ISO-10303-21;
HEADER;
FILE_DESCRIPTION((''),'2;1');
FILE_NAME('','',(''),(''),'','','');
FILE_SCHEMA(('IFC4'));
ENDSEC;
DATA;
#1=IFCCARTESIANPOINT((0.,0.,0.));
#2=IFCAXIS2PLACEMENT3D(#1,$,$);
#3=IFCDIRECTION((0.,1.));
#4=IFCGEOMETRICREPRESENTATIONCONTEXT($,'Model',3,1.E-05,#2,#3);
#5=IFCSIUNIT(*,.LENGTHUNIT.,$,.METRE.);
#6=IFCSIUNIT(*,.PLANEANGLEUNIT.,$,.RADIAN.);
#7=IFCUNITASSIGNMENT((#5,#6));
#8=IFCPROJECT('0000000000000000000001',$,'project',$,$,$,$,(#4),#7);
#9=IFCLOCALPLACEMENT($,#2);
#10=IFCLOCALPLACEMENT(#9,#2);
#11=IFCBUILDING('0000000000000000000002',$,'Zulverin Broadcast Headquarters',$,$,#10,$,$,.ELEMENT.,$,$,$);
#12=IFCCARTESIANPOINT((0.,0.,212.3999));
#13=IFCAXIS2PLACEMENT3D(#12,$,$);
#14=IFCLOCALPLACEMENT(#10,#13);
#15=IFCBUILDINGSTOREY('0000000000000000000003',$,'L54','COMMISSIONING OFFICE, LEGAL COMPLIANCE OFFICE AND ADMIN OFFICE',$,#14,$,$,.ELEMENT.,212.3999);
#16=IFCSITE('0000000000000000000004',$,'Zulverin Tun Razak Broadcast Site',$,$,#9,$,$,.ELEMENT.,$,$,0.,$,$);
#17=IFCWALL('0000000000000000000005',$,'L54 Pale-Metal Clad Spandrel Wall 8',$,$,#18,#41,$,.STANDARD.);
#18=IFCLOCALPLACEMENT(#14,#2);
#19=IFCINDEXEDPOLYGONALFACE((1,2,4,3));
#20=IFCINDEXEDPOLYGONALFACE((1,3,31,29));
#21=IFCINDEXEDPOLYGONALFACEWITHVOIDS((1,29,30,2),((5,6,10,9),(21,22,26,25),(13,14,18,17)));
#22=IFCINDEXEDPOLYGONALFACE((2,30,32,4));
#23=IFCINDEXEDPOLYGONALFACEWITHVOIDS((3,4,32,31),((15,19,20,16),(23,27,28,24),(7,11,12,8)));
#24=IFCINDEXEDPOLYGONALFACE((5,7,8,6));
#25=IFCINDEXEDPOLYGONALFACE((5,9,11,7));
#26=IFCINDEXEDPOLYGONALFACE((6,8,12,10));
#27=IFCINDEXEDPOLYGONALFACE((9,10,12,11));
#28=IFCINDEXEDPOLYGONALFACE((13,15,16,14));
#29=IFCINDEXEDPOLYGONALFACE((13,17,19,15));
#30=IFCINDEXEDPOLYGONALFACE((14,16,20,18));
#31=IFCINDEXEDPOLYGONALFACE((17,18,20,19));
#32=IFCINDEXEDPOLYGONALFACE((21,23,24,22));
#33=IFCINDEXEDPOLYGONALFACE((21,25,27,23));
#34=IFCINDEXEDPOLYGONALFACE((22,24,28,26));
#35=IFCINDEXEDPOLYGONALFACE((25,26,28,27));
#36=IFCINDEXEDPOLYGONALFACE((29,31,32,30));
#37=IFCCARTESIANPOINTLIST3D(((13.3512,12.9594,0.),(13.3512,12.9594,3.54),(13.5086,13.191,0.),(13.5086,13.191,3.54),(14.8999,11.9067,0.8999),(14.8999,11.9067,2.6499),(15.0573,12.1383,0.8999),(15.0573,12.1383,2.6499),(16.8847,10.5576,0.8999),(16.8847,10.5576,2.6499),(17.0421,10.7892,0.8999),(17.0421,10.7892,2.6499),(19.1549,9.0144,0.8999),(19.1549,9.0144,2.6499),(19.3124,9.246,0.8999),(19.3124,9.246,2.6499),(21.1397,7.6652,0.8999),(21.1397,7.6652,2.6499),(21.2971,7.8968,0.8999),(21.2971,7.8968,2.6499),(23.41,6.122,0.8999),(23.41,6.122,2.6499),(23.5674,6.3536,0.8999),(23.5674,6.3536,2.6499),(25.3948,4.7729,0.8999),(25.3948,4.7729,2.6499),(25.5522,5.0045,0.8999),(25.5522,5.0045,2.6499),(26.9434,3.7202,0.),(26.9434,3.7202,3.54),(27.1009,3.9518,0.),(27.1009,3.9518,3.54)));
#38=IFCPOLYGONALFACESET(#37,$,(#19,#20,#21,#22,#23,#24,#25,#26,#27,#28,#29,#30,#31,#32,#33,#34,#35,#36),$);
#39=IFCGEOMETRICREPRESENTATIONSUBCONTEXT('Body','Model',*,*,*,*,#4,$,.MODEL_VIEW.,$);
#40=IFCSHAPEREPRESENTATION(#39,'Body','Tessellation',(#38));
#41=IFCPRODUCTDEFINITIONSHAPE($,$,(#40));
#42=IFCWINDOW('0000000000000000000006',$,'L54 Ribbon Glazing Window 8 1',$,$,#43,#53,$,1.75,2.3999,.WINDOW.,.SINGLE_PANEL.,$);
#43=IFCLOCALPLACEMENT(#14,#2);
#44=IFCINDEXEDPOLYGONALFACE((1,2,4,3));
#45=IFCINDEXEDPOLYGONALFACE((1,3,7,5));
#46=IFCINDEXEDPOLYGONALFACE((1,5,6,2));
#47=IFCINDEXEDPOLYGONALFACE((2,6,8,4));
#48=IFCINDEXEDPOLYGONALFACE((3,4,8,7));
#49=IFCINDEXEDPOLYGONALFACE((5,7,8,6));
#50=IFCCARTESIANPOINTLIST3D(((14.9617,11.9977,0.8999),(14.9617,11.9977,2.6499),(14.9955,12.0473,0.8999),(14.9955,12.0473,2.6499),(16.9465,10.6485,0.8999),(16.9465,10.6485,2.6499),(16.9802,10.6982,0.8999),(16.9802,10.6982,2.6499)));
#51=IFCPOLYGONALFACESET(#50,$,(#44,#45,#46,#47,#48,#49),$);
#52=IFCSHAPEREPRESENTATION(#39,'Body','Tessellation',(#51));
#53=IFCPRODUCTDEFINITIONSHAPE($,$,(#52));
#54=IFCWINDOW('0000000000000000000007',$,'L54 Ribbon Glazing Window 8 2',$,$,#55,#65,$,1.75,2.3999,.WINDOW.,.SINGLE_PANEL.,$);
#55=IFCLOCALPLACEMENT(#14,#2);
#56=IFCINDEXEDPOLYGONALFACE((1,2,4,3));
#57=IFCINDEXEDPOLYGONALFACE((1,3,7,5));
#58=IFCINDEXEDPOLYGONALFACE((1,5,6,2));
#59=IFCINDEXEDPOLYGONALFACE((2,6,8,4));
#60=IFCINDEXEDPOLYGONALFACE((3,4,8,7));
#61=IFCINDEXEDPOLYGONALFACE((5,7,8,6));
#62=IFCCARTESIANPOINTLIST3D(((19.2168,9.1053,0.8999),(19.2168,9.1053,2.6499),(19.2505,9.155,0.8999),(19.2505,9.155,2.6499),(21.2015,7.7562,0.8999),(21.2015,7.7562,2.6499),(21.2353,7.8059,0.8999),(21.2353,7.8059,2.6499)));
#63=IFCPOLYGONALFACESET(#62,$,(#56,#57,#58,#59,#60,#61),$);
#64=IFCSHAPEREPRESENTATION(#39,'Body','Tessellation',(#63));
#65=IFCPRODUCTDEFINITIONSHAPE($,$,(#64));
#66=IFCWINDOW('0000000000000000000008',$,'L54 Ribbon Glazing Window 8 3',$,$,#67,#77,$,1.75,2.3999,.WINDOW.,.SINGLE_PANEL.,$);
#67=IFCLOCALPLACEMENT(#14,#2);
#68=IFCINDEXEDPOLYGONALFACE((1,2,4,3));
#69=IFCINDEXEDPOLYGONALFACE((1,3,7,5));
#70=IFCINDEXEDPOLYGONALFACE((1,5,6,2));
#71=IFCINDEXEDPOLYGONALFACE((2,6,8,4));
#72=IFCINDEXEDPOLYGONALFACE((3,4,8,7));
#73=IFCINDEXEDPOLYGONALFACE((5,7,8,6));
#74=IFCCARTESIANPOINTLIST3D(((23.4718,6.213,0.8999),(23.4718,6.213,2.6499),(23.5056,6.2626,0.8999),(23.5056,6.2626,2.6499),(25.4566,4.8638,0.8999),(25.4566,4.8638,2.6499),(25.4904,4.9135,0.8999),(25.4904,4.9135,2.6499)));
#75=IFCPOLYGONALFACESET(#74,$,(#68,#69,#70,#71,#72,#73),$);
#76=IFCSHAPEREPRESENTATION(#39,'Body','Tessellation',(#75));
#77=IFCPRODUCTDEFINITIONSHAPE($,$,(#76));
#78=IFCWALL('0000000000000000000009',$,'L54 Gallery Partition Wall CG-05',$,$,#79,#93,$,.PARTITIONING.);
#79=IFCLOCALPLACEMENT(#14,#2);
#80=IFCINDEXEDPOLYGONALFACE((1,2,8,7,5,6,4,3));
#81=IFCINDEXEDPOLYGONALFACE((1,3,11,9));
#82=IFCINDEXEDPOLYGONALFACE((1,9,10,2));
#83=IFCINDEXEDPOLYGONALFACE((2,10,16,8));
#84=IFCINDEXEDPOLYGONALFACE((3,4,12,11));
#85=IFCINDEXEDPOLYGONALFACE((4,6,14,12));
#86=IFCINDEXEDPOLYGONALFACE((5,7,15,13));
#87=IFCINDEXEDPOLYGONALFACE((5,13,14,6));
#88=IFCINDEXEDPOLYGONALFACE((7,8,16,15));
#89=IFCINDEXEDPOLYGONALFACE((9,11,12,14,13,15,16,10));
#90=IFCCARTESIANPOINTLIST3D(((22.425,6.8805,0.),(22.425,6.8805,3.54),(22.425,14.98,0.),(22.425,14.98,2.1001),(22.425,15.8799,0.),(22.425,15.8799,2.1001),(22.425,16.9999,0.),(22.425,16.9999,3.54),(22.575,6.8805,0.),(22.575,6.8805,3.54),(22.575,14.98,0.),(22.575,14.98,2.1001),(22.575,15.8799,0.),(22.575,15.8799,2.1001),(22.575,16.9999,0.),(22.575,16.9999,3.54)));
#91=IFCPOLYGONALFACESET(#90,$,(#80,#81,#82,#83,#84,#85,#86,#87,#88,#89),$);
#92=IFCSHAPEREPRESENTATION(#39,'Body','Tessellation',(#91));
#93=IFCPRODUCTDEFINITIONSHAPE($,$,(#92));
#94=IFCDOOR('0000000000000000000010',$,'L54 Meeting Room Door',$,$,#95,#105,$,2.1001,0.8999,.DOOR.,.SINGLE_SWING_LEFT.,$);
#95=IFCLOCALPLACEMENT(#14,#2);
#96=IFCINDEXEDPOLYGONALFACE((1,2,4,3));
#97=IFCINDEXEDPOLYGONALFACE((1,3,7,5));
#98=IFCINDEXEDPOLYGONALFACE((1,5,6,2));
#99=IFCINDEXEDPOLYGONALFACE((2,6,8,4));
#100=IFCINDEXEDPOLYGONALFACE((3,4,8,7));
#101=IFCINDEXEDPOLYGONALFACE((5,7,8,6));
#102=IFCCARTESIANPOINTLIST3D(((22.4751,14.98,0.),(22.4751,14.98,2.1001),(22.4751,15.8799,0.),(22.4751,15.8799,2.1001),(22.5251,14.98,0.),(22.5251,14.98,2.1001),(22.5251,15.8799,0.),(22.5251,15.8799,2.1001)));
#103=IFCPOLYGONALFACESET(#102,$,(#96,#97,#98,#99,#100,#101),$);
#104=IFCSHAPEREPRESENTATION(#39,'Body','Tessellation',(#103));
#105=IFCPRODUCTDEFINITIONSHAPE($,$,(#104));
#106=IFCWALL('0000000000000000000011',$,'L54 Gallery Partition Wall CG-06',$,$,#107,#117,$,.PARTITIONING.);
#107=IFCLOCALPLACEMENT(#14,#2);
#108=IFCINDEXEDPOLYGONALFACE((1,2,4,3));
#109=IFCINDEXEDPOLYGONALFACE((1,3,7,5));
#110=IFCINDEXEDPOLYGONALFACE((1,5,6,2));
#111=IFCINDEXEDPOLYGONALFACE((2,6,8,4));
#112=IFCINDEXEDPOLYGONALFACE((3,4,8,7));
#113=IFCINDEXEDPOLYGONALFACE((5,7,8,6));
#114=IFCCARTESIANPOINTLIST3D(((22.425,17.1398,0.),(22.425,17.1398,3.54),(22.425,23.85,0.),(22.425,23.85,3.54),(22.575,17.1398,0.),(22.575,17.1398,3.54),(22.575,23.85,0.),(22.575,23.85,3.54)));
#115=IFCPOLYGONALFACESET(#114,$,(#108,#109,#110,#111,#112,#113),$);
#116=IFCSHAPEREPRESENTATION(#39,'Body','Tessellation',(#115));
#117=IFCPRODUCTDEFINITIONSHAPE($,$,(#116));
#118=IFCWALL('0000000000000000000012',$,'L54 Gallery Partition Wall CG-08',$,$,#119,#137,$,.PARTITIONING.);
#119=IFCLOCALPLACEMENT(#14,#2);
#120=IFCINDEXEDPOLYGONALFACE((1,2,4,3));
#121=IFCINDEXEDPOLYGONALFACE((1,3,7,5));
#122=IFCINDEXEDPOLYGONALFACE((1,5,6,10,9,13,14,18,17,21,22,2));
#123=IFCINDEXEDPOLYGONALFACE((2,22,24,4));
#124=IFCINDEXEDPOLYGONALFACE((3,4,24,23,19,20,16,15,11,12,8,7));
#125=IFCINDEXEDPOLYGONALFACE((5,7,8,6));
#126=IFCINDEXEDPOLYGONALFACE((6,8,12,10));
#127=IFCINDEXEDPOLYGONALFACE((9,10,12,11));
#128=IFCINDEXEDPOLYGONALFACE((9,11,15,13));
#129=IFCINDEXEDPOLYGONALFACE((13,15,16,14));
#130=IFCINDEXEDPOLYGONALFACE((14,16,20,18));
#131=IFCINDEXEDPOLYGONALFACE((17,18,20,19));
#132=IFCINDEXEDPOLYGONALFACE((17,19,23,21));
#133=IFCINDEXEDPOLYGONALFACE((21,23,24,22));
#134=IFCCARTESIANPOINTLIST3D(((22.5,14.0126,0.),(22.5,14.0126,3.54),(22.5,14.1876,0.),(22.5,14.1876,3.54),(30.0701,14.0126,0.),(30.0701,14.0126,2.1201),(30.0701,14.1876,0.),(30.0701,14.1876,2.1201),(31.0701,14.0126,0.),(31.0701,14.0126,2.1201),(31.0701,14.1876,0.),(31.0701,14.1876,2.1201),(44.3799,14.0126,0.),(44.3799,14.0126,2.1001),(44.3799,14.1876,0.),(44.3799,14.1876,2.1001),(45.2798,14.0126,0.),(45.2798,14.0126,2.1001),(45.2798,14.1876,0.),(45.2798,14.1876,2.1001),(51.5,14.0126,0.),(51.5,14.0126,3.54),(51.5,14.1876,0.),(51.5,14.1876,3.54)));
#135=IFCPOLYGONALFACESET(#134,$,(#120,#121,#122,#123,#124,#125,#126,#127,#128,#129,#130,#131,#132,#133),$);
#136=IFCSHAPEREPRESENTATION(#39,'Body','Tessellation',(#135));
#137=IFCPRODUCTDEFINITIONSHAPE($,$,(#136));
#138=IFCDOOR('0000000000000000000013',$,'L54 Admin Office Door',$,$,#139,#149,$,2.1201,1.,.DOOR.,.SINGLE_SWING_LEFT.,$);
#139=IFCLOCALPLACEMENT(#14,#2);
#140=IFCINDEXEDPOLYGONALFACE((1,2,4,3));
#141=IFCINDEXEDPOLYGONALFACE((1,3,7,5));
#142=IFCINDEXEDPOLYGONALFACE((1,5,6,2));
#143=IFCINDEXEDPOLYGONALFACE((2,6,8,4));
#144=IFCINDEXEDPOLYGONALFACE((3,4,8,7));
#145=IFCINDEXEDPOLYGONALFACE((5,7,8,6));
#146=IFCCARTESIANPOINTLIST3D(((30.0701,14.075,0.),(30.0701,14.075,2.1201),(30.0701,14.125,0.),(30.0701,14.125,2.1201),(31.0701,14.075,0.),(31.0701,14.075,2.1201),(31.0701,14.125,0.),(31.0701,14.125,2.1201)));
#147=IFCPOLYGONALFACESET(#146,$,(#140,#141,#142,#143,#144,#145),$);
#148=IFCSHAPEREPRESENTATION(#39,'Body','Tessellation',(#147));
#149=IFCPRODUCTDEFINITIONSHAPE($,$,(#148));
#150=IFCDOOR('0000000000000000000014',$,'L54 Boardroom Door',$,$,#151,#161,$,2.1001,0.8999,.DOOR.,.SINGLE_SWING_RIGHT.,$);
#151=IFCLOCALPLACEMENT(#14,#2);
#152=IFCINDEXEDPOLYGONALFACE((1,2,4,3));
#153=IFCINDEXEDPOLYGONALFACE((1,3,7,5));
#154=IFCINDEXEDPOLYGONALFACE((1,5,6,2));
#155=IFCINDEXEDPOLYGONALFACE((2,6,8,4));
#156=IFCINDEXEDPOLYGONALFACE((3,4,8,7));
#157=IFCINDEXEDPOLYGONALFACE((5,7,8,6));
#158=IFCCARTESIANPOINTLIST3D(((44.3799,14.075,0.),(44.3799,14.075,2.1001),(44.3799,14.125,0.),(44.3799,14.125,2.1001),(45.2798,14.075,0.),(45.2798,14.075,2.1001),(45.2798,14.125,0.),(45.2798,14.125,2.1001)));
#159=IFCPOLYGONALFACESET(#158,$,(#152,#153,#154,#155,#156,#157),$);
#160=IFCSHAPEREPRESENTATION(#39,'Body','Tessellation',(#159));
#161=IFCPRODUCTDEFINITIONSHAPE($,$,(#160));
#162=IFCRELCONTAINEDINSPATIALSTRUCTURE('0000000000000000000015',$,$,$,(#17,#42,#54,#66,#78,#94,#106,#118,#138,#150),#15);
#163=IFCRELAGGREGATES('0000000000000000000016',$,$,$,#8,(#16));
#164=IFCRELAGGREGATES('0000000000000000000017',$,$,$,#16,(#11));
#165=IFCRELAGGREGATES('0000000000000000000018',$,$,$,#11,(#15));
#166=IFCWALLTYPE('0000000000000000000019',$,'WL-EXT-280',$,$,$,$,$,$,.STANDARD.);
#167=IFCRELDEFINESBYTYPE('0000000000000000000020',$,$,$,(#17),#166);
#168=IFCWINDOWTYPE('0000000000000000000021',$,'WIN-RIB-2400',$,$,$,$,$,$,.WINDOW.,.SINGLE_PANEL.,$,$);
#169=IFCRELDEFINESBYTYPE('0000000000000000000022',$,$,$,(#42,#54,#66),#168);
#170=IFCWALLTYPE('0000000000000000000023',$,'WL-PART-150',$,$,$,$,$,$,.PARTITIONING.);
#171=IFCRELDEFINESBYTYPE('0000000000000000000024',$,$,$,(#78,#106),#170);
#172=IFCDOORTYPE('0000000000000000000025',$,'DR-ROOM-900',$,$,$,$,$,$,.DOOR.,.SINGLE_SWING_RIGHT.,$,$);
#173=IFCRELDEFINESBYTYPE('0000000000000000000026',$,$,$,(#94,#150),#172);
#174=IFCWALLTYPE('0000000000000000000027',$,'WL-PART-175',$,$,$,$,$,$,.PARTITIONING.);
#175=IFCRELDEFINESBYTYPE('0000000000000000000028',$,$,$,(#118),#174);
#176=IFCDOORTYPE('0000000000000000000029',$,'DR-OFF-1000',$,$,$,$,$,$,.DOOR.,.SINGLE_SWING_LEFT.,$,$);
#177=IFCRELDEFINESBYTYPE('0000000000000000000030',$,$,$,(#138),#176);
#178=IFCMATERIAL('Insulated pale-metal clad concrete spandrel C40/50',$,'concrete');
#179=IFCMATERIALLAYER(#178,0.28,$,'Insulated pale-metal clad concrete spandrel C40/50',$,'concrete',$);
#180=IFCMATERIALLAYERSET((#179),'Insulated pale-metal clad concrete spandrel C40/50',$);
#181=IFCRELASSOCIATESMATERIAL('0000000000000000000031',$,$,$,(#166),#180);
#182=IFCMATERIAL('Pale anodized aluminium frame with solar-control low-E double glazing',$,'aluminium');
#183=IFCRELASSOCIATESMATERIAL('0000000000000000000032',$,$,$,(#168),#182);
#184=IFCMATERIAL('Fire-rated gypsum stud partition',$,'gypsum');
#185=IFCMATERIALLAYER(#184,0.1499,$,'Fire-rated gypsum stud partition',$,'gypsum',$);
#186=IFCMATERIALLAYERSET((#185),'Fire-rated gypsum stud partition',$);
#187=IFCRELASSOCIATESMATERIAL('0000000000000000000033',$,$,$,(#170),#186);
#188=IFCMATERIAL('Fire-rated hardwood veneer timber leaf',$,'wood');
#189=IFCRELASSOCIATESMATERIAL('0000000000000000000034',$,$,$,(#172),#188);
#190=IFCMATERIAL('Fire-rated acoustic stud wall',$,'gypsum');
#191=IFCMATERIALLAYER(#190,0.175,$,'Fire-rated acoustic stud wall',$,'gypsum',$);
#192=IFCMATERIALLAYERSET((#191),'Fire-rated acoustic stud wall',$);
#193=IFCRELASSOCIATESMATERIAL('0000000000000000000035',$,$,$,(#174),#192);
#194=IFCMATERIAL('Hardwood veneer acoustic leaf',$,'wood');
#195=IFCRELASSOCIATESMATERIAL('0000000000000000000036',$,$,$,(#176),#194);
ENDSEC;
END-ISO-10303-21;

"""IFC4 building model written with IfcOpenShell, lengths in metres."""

from ifc_helpers import new_model, si_unit, direction, frame, frame_2d, origin, place, context, subcontext, project, spatial, rectangle, extrude, material, layer, layer_set, type_object, element, fill, save


model = new_model("IFC4")

# Units and contexts
model_context = context("Model", 3, precision=1e-05, world=origin(), true_north=direction((0.0, 1.0)))
body_context = subcontext(model_context, "Body", "Model", "MODEL_VIEW")
ifc_project = project(units=[si_unit("LENGTHUNIT", "METRE"), si_unit("PLANEANGLEUNIT", "RADIAN")], contexts=[model_context])

# Site, building, storey
site_placement = place(None, origin())
site = spatial("IfcSite", under=ifc_project, at=site_placement, Name="Zulverin Tun Razak Broadcast Site", CompositionType="ELEMENT", RefElevation=0.0)
building_placement = place(site_placement, origin())
building = spatial("IfcBuilding", under=site, at=building_placement, Name="Zulverin Broadcast Headquarters", CompositionType="ELEMENT")
storey_placement = place(building_placement, frame((0.0, 0.0, 212.3999)))
storey = spatial("IfcBuildingStorey", under=building, at=storey_placement, Name="L54", Description="COMMISSIONING OFFICE, LEGAL COMPLIANCE OFFICE AND ADMIN OFFICE", CompositionType="ELEMENT", Elevation=212.3999)

# Wall, openings, windows
ifc_material_1 = material(Name="Insulated pale-metal clad concrete spandrel C40/50", Category="concrete")
ifc_layer_1 = layer(ifc_material_1, 0.28, Name="Insulated pale-metal clad concrete spandrel C40/50", Category="concrete")
ifc_layer_set_1 = layer_set([ifc_layer_1], Name="Insulated pale-metal clad concrete spandrel C40/50")
wall_type_1 = type_object("IfcWallType", Name="WL-EXT-280", PredefinedType="STANDARD", material=ifc_layer_set_1)
wall_1_placement = place(storey_placement, frame((13.4299, 13.0752, 0.0), z_axis=(0.0, 0.0, 1.0), x_axis=(0.827025, -0.562165, 0.0)))
wall_1 = element("IfcWall", 1, at=wall_1_placement, inside=storey, type_object=wall_type_1, Name="L54 Pale-Metal Clad Spandrel Wall 8", PredefinedType="STANDARD", context=body_context, shape_type="SweptSolid", body=[
    extrude(rectangle(XDim=16.4351, YDim=0.28, at=frame_2d((8.2175, 0.0))), origin(), (0.0, 0.0, 1.0), 3.54),
])
opening_1_placement = place(wall_1_placement, frame((1.8726, 0.0, 0.8999)))
opening_1 = element("IfcOpeningElement", 2, at=opening_1_placement, cuts=wall_1, PredefinedType="OPENING", context=body_context, shape_type="SweptSolid", body=[
    extrude(rectangle(XDim=2.3999, YDim=1.75, at=frame_2d((1.2, 0.875))), frame((0.0, 0.1499, 0.0), z_axis=(0.0, -1.0, 0.0), x_axis=(1.0, 0.0, 0.0)), (0.0, 0.0, 1.0), 0.3),
])
opening_2_placement = place(wall_1_placement, frame((7.0176, 0.0, 0.8999)))
opening_2 = element("IfcOpeningElement", 3, at=opening_2_placement, cuts=wall_1, PredefinedType="OPENING", context=body_context, shape_type="SweptSolid", body=[
    extrude(rectangle(XDim=2.3999, YDim=1.75, at=frame_2d((1.2, 0.875))), frame((0.0, 0.1499, 0.0), z_axis=(0.0, -1.0, 0.0), x_axis=(1.0, 0.0, 0.0)), (0.0, 0.0, 1.0), 0.3),
])
opening_3_placement = place(wall_1_placement, frame((12.1626, 0.0, 0.8999)))
opening_3 = element("IfcOpeningElement", 4, at=opening_3_placement, cuts=wall_1, PredefinedType="OPENING", context=body_context, shape_type="SweptSolid", body=[
    extrude(rectangle(XDim=2.3999, YDim=1.75, at=frame_2d((1.2, 0.875))), frame((0.0, 0.1499, 0.0), z_axis=(0.0, -1.0, 0.0), x_axis=(1.0, 0.0, 0.0)), (0.0, 0.0, 1.0), 0.3),
])
ifc_material_2 = material(Name="Pale anodized aluminium frame with solar-control low-E double glazing", Category="aluminium")
window_type = type_object("IfcWindowType", Name="WIN-RIB-2400", PartitioningType="SINGLE_PANEL", PredefinedType="WINDOW", material=ifc_material_2)
window_1_placement = place(opening_1_placement, origin())
window_1 = element("IfcWindow", 5, at=window_1_placement, inside=storey, type_object=window_type, Name="L54 Ribbon Glazing Window 8 1", OverallHeight=1.75, OverallWidth=2.3999, PartitioningType="SINGLE_PANEL", PredefinedType="WINDOW", context=body_context, shape_type="SweptSolid", body=[
    extrude(rectangle(XDim=2.3999, YDim=1.75, at=frame_2d((1.2, 0.875))), frame((0.0, 0.03, 0.0), z_axis=(0.0, -1.0, 0.0), x_axis=(1.0, 0.0, 0.0)), (0.0, 0.0, 1.0), 0.0601),
])
fill(opening_1, window_1)
window_2_placement = place(opening_2_placement, origin())
window_2 = element("IfcWindow", 6, at=window_2_placement, inside=storey, type_object=window_type, Name="L54 Ribbon Glazing Window 8 2", OverallHeight=1.75, OverallWidth=2.3999, PartitioningType="SINGLE_PANEL", PredefinedType="WINDOW", context=body_context, shape_type="SweptSolid", body=[
    extrude(rectangle(XDim=2.3999, YDim=1.75, at=frame_2d((1.2, 0.875))), frame((0.0, 0.03, 0.0), z_axis=(0.0, -1.0, 0.0), x_axis=(1.0, 0.0, 0.0)), (0.0, 0.0, 1.0), 0.0601),
])
fill(opening_2, window_2)
window_3_placement = place(opening_3_placement, origin())
window_3 = element("IfcWindow", 7, at=window_3_placement, inside=storey, type_object=window_type, Name="L54 Ribbon Glazing Window 8 3", OverallHeight=1.75, OverallWidth=2.3999, PartitioningType="SINGLE_PANEL", PredefinedType="WINDOW", context=body_context, shape_type="SweptSolid", body=[
    extrude(rectangle(XDim=2.3999, YDim=1.75, at=frame_2d((1.2, 0.875))), frame((0.0, 0.03, 0.0), z_axis=(0.0, -1.0, 0.0), x_axis=(1.0, 0.0, 0.0)), (0.0, 0.0, 1.0), 0.0601),
])
fill(opening_3, window_3)

# Wall, opening, door
ifc_material_3 = material(Name="Fire-rated gypsum stud partition", Category="gypsum")
ifc_layer_2 = layer(ifc_material_3, 0.1499, Name="Fire-rated gypsum stud partition", Category="gypsum")
ifc_layer_set_2 = layer_set([ifc_layer_2], Name="Fire-rated gypsum stud partition")
wall_type_2 = type_object("IfcWallType", Name="WL-PART-150", PredefinedType="PARTITIONING", material=ifc_layer_set_2)
wall_2_placement = place(storey_placement, frame((22.5, 6.8806, 0.0), z_axis=(0.0, 0.0, 1.0), x_axis=(0.0, 1.0, 0.0)))
wall_2 = element("IfcWall", 8, at=wall_2_placement, inside=storey, type_object=wall_type_2, Name="L54 Gallery Partition Wall CG-05", PredefinedType="PARTITIONING", context=body_context, shape_type="SweptSolid", body=[
    extrude(rectangle(XDim=10.1194, YDim=0.1499, at=frame_2d((5.0596, 0.0))), origin(), (0.0, 0.0, 1.0), 3.54),
])
opening_4_placement = place(wall_2_placement, frame((8.0994, 0.0, 0.0)))
opening_4 = element("IfcOpeningElement", 9, at=opening_4_placement, cuts=wall_2, PredefinedType="OPENING", context=body_context, shape_type="SweptSolid", body=[
    extrude(rectangle(XDim=0.8999, YDim=2.1001, at=frame_2d((0.45, 1.05))), frame((0.0, 0.085, 0.0), z_axis=(0.0, -1.0, 0.0), x_axis=(1.0, 0.0, 0.0)), (0.0, 0.0, 1.0), 0.1699),
])
ifc_material_4 = material(Name="Fire-rated hardwood veneer timber leaf", Category="wood")
door_type_1 = type_object("IfcDoorType", Name="DR-ROOM-900", OperationType="SINGLE_SWING_RIGHT", PredefinedType="DOOR", material=ifc_material_4)
door_1_placement = place(opening_4_placement, origin())
door_1 = element("IfcDoor", 10, at=door_1_placement, inside=storey, type_object=door_type_1, Name="L54 Meeting Room Door", OperationType="SINGLE_SWING_LEFT", OverallHeight=2.1001, OverallWidth=0.8999, PredefinedType="DOOR", context=body_context, shape_type="SweptSolid", body=[
    extrude(rectangle(XDim=0.8999, YDim=2.1001, at=frame_2d((0.45, 1.05))), frame((0.0, 0.0249, 0.0), z_axis=(0.0, -1.0, 0.0), x_axis=(1.0, 0.0, 0.0)), (0.0, 0.0, 1.0), 0.05),
])
fill(opening_4, door_1)

# Wall
wall_3_placement = place(storey_placement, frame((22.5, 17.1399, 0.0), z_axis=(0.0, 0.0, 1.0), x_axis=(0.0, 1.0, 0.0)))
element("IfcWall", 11, at=wall_3_placement, inside=storey, type_object=wall_type_2, Name="L54 Gallery Partition Wall CG-06", PredefinedType="PARTITIONING", context=body_context, shape_type="SweptSolid", body=[
    extrude(rectangle(XDim=6.7102, YDim=0.1499, at=frame_2d((3.355, 0.0))), origin(), (0.0, 0.0, 1.0), 3.54),
])

# Wall, openings, doors
ifc_material_5 = material(Name="Fire-rated acoustic stud wall", Category="gypsum")
ifc_layer_3 = layer(ifc_material_5, 0.175, Name="Fire-rated acoustic stud wall", Category="gypsum")
ifc_layer_set_3 = layer_set([ifc_layer_3], Name="Fire-rated acoustic stud wall")
wall_type_3 = type_object("IfcWallType", Name="WL-PART-175", PredefinedType="PARTITIONING", material=ifc_layer_set_3)
wall_4_placement = place(storey_placement, frame((22.5, 14.1001, 0.0), z_axis=(0.0, 0.0, 1.0), x_axis=(1.0, 0.0, 0.0)))
wall_4 = element("IfcWall", 12, at=wall_4_placement, inside=storey, type_object=wall_type_3, Name="L54 Gallery Partition Wall CG-08", PredefinedType="PARTITIONING", context=body_context, shape_type="SweptSolid", body=[
    extrude(rectangle(XDim=29.0, YDim=0.175, at=frame_2d((14.5, 0.0))), origin(), (0.0, 0.0, 1.0), 3.54),
])
opening_5_placement = place(wall_4_placement, frame((7.5701, 0.0, 0.0)))
opening_5 = element("IfcOpeningElement", 13, at=opening_5_placement, cuts=wall_4, PredefinedType="OPENING", context=body_context, shape_type="SweptSolid", body=[
    extrude(rectangle(XDim=1.0, YDim=2.1201, at=frame_2d((0.5, 1.0601))), frame((0.0, 0.0974, 0.0), z_axis=(0.0, -1.0, 0.0), x_axis=(1.0, 0.0, 0.0)), (0.0, 0.0, 1.0), 0.1951),
])
opening_6_placement = place(wall_4_placement, frame((21.8799, 0.0, 0.0)))
opening_6 = element("IfcOpeningElement", 14, at=opening_6_placement, cuts=wall_4, PredefinedType="OPENING", context=body_context, shape_type="SweptSolid", body=[
    extrude(rectangle(XDim=0.8999, YDim=2.1001, at=frame_2d((0.45, 1.05))), frame((0.0, 0.0974, 0.0), z_axis=(0.0, -1.0, 0.0), x_axis=(1.0, 0.0, 0.0)), (0.0, 0.0, 1.0), 0.1951),
])
ifc_material_6 = material(Name="Hardwood veneer acoustic leaf", Category="wood")
door_type_2 = type_object("IfcDoorType", Name="DR-OFF-1000", OperationType="SINGLE_SWING_LEFT", PredefinedType="DOOR", material=ifc_material_6)
door_2_placement = place(opening_5_placement, origin())
door_2 = element("IfcDoor", 15, at=door_2_placement, inside=storey, type_object=door_type_2, Name="L54 Admin Office Door", OperationType="SINGLE_SWING_LEFT", OverallHeight=2.1201, OverallWidth=1.0, PredefinedType="DOOR", context=body_context, shape_type="SweptSolid", body=[
    extrude(rectangle(XDim=1.0, YDim=2.1201, at=frame_2d((0.5, 1.0601))), frame((0.0, 0.0249, 0.0), z_axis=(0.0, -1.0, 0.0), x_axis=(1.0, 0.0, 0.0)), (0.0, 0.0, 1.0), 0.05),
])
fill(opening_5, door_2)
door_3_placement = place(opening_6_placement, origin())
door_3 = element("IfcDoor", 16, at=door_3_placement, inside=storey, type_object=door_type_1, Name="L54 Boardroom Door", OperationType="SINGLE_SWING_RIGHT", OverallHeight=2.1001, OverallWidth=0.8999, PredefinedType="DOOR", context=body_context, shape_type="SweptSolid", body=[
    extrude(rectangle(XDim=0.8999, YDim=2.1001, at=frame_2d((0.45, 1.05))), frame((0.0, 0.0249, 0.0), z_axis=(0.0, -1.0, 0.0), x_axis=(1.0, 0.0, 0.0)), (0.0, 0.0, 1.0), 0.05),
])
fill(opening_6, door_3)

save(model, "model.ifc")
